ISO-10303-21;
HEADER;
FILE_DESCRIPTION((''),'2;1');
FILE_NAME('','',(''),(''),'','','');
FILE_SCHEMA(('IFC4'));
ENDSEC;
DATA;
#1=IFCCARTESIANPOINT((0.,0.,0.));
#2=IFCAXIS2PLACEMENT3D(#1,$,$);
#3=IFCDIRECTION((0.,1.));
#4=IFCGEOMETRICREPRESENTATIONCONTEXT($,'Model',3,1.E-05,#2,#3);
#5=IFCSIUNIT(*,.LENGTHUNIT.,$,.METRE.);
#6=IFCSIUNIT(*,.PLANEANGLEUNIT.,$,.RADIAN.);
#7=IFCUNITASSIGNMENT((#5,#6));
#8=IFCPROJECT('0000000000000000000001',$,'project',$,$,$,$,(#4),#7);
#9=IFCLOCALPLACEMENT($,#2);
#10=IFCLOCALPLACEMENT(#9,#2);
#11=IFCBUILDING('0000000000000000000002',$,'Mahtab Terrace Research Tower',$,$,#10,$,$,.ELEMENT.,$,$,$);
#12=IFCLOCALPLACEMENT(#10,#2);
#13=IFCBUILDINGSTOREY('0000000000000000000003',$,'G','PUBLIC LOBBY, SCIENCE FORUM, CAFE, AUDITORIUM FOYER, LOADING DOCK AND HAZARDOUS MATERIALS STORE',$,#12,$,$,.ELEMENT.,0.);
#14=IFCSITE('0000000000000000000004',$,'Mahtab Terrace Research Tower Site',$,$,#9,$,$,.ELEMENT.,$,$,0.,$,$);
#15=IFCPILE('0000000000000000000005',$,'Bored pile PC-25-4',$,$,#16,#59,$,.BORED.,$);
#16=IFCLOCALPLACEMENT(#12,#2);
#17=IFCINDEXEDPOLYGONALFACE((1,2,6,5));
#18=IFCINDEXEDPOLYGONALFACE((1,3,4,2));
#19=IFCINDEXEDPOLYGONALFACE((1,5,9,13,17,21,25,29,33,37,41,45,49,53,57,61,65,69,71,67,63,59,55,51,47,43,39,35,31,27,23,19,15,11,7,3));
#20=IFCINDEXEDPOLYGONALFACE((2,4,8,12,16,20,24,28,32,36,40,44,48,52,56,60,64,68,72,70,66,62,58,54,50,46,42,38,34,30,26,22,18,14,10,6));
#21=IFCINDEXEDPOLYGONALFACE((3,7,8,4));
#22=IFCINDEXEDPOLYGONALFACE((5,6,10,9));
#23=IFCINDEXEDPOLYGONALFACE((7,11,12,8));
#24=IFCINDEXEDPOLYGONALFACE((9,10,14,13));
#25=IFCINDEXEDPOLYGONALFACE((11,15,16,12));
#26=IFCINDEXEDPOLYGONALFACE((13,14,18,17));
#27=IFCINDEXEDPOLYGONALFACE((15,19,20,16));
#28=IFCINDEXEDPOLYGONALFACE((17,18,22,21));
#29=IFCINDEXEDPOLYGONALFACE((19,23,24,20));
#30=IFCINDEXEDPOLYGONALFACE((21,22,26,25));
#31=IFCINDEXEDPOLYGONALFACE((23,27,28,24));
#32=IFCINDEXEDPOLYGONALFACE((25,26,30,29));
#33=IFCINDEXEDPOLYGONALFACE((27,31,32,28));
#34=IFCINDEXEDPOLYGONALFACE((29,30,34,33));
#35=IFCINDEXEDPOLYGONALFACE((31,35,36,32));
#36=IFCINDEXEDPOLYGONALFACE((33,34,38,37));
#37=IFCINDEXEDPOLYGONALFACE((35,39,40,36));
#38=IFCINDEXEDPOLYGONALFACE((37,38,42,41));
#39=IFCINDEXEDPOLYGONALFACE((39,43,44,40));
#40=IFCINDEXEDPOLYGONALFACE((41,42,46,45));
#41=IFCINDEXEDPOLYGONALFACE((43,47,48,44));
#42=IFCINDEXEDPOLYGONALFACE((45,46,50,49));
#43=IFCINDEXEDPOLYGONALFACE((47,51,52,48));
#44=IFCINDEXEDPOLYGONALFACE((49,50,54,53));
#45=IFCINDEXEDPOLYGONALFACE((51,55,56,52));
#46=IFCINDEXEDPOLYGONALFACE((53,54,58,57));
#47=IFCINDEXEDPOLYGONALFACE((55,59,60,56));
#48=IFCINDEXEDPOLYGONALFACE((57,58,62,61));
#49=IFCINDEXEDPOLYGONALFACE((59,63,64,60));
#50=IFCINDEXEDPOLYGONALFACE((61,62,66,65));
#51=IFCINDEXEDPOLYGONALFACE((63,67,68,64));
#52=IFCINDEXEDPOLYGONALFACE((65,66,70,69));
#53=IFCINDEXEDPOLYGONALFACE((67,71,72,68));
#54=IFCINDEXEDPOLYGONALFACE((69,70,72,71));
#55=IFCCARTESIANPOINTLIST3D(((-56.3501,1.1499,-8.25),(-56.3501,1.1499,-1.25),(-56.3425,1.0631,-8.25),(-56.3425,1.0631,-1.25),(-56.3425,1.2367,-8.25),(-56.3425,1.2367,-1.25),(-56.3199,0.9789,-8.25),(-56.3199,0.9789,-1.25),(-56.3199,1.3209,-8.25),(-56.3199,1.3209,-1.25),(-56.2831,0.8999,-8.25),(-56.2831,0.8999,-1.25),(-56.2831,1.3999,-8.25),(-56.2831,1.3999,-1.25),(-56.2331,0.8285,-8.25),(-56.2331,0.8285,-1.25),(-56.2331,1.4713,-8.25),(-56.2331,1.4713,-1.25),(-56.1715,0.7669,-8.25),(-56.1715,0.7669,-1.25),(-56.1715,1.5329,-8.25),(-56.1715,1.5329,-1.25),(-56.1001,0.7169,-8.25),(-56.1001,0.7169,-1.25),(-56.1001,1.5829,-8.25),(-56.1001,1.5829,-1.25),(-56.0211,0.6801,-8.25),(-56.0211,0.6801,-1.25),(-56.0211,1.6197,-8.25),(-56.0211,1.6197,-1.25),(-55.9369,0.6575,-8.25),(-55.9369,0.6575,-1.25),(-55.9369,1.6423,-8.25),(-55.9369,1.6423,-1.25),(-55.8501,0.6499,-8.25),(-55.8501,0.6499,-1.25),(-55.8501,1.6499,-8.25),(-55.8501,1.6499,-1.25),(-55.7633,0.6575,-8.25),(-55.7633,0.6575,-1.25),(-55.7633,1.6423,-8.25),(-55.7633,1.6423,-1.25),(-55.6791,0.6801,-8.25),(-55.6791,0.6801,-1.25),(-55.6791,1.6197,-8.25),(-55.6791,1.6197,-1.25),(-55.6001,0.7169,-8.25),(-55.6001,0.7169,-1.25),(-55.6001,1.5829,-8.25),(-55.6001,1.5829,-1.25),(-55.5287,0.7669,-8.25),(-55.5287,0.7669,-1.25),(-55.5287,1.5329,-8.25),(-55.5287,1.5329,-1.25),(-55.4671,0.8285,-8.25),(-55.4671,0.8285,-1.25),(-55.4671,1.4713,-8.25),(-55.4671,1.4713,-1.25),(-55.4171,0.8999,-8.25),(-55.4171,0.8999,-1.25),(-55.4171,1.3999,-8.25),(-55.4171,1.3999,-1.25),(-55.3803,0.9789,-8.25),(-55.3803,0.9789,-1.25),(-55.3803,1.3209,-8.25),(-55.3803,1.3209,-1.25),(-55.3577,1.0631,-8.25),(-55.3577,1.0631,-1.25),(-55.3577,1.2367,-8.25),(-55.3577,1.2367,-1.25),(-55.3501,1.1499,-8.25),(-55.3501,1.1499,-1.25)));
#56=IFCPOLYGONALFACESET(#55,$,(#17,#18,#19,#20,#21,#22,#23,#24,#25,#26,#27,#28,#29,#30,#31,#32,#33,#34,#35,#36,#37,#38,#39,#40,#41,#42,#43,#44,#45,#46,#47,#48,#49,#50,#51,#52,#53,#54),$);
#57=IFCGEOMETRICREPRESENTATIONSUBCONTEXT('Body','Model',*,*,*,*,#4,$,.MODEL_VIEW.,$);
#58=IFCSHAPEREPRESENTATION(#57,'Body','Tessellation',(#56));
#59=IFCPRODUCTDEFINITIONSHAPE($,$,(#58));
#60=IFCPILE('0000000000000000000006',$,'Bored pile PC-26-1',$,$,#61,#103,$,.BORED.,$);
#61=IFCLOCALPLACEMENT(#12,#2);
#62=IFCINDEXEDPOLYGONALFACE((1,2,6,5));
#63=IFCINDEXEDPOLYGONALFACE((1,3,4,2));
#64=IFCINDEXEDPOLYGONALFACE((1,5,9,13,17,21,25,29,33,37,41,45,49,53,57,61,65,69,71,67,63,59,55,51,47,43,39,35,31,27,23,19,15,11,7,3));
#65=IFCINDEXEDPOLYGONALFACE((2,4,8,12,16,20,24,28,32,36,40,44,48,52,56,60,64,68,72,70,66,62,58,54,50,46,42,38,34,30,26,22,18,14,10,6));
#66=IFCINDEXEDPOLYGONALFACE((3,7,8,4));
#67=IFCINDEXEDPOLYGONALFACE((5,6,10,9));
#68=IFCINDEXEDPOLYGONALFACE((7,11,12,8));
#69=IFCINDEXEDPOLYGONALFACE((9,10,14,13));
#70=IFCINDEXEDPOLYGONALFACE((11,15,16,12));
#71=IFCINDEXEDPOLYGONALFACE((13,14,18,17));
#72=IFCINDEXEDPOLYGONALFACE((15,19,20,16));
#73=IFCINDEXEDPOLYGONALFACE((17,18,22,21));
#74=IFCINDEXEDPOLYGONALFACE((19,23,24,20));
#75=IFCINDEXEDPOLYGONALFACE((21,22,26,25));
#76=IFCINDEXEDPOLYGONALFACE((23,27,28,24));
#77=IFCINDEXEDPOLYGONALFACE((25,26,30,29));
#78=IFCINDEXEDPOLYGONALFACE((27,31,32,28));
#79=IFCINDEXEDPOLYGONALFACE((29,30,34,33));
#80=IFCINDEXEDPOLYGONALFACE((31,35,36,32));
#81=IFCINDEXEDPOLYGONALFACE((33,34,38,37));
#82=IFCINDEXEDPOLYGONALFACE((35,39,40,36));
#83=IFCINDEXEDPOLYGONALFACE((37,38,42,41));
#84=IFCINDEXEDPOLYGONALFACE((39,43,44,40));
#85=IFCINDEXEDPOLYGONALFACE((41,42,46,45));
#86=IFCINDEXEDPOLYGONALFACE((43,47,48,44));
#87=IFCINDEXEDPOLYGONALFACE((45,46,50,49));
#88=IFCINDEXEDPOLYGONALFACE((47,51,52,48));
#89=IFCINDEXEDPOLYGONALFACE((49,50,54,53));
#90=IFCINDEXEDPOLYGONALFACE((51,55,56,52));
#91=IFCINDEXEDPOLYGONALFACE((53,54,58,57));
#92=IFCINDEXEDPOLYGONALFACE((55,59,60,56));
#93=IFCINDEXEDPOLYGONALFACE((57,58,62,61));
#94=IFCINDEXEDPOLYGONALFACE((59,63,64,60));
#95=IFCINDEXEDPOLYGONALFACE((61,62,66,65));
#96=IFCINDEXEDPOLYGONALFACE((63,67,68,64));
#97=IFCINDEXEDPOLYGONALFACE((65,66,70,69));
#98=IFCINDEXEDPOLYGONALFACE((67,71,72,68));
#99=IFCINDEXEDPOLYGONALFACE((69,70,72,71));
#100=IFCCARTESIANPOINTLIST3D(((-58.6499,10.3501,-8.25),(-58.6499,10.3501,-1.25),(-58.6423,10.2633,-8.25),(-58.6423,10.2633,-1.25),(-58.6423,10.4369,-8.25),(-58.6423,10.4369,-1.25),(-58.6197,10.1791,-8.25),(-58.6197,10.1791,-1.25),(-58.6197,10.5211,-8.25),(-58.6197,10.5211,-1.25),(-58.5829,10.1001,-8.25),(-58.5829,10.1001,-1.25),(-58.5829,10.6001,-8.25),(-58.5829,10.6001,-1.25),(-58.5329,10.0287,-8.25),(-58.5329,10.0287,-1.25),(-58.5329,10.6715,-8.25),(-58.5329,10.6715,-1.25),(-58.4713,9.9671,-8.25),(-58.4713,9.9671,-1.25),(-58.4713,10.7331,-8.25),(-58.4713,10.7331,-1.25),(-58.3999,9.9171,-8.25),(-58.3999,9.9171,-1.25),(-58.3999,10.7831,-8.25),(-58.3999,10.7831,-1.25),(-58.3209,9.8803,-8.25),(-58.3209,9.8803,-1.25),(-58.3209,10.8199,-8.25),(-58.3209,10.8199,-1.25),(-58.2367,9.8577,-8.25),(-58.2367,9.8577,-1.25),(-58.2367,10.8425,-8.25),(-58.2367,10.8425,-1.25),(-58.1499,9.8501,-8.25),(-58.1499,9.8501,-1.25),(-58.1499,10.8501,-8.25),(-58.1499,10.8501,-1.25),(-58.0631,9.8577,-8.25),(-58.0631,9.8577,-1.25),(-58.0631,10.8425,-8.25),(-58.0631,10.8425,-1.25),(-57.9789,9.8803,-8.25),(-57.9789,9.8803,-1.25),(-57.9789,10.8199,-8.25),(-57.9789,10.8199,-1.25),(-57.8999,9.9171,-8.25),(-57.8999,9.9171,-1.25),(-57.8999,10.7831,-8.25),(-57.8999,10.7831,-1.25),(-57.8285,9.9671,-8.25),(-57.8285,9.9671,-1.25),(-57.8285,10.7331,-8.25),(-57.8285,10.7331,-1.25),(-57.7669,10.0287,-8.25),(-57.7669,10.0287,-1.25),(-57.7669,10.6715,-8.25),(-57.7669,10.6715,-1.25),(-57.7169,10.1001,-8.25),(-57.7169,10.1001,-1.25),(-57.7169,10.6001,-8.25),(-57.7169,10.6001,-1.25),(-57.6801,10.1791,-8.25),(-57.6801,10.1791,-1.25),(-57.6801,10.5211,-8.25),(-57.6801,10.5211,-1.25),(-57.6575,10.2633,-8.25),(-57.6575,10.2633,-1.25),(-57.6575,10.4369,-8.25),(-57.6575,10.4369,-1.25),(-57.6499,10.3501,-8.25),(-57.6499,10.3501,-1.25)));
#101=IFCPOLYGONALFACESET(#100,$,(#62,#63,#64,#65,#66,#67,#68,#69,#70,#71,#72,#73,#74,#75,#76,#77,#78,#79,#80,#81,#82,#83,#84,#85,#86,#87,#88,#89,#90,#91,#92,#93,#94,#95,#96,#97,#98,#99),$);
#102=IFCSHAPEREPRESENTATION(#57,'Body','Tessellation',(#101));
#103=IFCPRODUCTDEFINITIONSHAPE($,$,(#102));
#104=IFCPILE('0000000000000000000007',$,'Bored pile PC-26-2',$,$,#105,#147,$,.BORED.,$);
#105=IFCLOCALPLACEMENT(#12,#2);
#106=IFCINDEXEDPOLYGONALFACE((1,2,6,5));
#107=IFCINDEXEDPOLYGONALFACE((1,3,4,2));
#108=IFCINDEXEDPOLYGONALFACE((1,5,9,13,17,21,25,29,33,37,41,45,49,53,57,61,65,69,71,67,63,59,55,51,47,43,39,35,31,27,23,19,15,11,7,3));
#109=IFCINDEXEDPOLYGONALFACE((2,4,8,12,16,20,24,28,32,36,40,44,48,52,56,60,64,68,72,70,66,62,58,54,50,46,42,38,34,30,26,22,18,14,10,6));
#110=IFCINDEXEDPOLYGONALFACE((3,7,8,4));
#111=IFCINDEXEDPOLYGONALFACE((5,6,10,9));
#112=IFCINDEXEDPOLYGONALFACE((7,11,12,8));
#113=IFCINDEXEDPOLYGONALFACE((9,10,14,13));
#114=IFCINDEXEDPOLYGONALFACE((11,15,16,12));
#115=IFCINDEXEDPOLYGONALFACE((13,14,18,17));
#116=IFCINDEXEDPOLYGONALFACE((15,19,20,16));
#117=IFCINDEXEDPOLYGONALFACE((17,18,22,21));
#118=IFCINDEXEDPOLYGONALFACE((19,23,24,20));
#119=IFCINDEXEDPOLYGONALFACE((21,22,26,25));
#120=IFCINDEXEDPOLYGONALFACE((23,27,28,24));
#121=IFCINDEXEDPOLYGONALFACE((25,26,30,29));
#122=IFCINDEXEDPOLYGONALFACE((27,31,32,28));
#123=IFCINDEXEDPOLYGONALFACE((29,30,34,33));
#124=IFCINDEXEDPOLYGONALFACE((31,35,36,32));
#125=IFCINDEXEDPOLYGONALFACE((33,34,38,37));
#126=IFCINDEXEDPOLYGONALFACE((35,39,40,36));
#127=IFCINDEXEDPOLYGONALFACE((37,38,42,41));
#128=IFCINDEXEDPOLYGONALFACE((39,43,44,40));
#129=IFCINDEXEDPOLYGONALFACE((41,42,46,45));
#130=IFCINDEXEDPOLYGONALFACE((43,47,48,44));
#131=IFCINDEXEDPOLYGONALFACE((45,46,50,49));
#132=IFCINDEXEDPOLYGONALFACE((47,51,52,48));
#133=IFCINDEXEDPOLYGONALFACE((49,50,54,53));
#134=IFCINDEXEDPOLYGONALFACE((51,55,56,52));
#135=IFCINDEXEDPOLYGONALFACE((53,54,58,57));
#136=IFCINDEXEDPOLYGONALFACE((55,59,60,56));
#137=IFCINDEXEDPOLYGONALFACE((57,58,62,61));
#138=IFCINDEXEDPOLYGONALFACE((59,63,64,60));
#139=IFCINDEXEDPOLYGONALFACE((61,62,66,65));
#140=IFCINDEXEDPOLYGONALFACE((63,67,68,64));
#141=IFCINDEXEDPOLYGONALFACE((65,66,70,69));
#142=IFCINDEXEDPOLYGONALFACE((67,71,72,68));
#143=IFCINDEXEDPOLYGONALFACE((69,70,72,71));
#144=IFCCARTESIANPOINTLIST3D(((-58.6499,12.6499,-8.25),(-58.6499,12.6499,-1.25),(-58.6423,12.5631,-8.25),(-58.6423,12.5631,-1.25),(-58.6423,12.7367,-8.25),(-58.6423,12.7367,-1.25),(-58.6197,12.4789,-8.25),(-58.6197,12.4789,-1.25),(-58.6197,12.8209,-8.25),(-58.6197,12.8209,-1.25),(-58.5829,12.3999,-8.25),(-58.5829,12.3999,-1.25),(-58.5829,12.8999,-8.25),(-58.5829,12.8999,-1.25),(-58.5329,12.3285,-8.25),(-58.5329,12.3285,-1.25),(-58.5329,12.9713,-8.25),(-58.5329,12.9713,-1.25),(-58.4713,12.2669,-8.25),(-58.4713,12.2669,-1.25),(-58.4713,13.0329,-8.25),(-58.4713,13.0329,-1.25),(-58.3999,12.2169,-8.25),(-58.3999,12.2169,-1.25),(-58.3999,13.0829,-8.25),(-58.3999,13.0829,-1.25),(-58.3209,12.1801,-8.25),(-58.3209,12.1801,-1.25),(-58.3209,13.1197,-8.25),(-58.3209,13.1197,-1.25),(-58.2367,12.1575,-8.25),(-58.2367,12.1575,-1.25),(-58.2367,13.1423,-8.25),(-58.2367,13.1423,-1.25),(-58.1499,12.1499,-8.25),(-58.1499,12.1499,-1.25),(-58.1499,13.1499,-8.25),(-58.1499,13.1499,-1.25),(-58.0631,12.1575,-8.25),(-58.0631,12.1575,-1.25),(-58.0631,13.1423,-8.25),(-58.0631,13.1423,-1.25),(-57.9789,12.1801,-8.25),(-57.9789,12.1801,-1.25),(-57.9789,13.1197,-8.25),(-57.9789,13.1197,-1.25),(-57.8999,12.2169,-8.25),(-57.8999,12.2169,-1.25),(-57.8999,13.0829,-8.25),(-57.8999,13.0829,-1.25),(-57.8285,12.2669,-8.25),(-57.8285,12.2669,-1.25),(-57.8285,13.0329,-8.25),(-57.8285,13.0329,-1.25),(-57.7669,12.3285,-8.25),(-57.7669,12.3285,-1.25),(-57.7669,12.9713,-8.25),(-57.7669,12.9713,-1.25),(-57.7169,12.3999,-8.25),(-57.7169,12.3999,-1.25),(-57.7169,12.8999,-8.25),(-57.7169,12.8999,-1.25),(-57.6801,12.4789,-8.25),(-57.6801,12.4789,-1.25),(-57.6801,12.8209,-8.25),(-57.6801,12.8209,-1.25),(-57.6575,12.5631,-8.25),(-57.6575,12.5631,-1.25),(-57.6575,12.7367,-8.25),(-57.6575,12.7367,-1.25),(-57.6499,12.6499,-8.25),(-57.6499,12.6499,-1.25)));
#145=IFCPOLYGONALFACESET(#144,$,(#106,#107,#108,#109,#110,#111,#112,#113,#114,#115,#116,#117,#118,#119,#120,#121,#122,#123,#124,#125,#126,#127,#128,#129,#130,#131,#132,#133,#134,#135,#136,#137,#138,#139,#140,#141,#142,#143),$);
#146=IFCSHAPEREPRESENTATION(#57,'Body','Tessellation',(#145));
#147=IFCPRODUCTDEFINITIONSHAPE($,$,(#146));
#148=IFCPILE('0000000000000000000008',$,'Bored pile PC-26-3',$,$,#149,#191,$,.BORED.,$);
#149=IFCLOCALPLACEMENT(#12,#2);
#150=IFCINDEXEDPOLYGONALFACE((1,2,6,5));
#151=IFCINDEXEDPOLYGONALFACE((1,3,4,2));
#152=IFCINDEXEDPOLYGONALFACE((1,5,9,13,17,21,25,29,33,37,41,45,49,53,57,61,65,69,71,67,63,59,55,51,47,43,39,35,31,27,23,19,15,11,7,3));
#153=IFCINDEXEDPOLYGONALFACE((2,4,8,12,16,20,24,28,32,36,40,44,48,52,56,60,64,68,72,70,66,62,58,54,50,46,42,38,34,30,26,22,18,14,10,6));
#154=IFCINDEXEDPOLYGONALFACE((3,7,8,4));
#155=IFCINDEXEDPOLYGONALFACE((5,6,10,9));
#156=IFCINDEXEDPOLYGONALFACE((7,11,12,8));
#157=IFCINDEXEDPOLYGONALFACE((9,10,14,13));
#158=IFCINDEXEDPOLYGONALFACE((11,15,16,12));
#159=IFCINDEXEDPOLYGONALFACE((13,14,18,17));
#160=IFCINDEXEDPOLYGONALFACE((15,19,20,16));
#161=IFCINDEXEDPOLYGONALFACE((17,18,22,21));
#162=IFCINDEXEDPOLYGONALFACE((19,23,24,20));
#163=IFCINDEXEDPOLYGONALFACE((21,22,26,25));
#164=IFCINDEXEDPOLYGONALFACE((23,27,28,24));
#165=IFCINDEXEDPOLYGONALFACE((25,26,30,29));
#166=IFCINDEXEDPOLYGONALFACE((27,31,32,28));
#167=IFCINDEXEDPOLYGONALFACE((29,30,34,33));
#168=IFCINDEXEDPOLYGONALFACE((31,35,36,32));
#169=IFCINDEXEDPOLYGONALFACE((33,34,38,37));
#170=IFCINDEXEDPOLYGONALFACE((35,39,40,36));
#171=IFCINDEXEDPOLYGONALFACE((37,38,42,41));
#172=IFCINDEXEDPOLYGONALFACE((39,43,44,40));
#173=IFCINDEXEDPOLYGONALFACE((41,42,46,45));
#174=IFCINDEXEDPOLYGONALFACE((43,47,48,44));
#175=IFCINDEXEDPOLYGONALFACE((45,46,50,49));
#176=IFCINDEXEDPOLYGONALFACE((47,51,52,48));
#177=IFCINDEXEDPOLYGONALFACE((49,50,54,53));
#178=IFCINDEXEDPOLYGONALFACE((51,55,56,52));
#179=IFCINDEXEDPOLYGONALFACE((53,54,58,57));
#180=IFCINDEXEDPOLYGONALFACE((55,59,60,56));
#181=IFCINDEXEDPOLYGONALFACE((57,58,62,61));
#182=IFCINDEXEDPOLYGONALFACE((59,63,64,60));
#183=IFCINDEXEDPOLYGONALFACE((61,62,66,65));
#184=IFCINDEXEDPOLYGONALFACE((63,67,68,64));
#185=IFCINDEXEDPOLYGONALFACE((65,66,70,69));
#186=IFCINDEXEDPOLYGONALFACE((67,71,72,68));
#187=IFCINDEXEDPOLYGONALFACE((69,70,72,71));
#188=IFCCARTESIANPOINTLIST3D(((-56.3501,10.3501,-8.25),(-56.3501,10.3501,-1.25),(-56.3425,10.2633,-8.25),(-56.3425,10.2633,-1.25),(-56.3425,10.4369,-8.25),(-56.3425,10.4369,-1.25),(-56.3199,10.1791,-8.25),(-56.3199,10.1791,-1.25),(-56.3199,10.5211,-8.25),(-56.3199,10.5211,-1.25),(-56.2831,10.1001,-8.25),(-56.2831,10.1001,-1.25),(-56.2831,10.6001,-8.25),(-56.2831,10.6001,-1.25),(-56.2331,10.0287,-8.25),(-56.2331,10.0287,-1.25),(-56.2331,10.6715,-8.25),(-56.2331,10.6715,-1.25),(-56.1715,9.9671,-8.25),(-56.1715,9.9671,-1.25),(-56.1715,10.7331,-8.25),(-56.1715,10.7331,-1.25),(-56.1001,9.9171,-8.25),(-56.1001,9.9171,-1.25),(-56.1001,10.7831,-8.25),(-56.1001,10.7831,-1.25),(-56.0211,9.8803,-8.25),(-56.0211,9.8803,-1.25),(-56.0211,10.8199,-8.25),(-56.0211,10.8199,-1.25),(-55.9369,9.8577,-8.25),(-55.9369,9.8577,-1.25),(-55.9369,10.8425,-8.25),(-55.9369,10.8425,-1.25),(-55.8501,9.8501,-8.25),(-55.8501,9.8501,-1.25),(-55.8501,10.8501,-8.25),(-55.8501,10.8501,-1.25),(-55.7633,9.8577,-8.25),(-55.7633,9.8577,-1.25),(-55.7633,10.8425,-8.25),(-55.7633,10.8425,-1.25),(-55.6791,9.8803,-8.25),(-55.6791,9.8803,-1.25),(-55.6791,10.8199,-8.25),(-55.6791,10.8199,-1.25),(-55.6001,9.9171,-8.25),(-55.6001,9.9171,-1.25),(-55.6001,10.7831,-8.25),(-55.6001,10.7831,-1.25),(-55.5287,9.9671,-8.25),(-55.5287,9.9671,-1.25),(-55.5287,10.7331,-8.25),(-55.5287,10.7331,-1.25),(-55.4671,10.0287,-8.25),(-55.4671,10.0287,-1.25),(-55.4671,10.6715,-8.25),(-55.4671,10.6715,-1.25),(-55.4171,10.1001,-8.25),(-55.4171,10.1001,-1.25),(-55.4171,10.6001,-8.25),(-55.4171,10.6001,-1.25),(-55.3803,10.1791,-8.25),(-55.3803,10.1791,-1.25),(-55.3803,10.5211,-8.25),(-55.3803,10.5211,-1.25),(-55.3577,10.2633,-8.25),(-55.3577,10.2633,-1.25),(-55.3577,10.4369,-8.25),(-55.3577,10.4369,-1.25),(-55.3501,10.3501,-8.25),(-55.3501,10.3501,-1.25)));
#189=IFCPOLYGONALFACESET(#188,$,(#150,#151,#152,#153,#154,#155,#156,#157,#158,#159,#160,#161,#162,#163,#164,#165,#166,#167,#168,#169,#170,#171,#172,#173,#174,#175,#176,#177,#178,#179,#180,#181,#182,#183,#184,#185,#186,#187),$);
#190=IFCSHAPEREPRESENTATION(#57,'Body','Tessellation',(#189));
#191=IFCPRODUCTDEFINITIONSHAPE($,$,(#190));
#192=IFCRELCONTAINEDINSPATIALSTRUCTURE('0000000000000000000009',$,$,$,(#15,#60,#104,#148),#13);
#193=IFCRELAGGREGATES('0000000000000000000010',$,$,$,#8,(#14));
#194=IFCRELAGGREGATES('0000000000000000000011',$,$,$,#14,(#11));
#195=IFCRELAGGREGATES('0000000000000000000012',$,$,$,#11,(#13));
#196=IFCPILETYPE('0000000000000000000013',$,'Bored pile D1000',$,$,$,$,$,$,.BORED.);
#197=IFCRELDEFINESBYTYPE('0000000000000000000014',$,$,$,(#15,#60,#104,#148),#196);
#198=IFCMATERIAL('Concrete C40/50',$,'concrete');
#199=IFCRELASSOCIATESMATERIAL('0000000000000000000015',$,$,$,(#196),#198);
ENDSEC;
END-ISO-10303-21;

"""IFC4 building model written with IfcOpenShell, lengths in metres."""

from ifc_helpers import new_model, si_unit, direction, frame, origin, origin_2d, place, context, subcontext, project, spatial, circle, extrude, material, material_profile, profile_set, type_object, element, save


model = new_model("IFC4")

# Units and contexts
model_context = context("Model", 3, precision=1e-05, world=origin(), true_north=direction((0.0, 1.0)))
body_context = subcontext(model_context, "Body", "Model", "MODEL_VIEW")
ifc_project = project(units=[si_unit("LENGTHUNIT", "METRE"), si_unit("PLANEANGLEUNIT", "RADIAN")], contexts=[model_context])

# Site, building, storey
site_placement = place(None, origin())
site = spatial("IfcSite", under=ifc_project, at=site_placement, Name="Mahtab Terrace Research Tower Site", CompositionType="ELEMENT", RefElevation=0.0)
building_placement = place(site_placement, origin())
building = spatial("IfcBuilding", under=site, at=building_placement, Name="Mahtab Terrace Research Tower", CompositionType="ELEMENT")
storey_placement = place(building_placement, origin())
storey = spatial("IfcBuildingStorey", under=building, at=storey_placement, Name="G", Description="PUBLIC LOBBY, SCIENCE FORUM, CAFE, AUDITORIUM FOYER, LOADING DOCK AND HAZARDOUS MATERIALS STORE", CompositionType="ELEMENT", Elevation=0.0)

# Piles
ifc_material_1 = material(Name="Concrete C40/50", Category="concrete")
ifc_material_profile_1 = material_profile(ifc_material_1, circle(Radius=0.5, at=origin_2d()), Name="Bored pile D1000")
ifc_profile_set_1 = profile_set([ifc_material_profile_1], Name="Concrete C40/50")
pile_type_1 = type_object("IfcPileType", Name="Bored pile D1000", PredefinedType="BORED", material=ifc_profile_set_1)
for number, where, z_axis, x_axis, name in (
    (1, (-55.8501, 1.1499, -1.25), (0.0, 0.0, -1.0), (1.0, 0.0, 0.0), "Bored pile PC-25-4"),
    (2, (-58.1499, 10.3501, -1.25), (0.0, 0.0, -1.0), (1.0, 0.0, 0.0), "Bored pile PC-26-1"),
    (3, (-58.1499, 12.6499, -1.25), (0.0, 0.0, -1.0), (1.0, 0.0, 0.0), "Bored pile PC-26-2"),
    (4, (-55.8501, 10.3501, -1.25), (0.0, 0.0, -1.0), (1.0, 0.0, 0.0), "Bored pile PC-26-3"),
):
    element("IfcPile", number, at=place(storey_placement, frame(where, z_axis=z_axis, x_axis=x_axis)), inside=storey, type_object=pile_type_1, Name=name, PredefinedType="BORED", context=body_context, shape_type="SweptSolid", body=[
        extrude(circle(Radius=0.5, at=origin_2d()), origin(), (0.0, 0.0, 1.0), 7.0),
    ])

save(model, "model.ifc")
